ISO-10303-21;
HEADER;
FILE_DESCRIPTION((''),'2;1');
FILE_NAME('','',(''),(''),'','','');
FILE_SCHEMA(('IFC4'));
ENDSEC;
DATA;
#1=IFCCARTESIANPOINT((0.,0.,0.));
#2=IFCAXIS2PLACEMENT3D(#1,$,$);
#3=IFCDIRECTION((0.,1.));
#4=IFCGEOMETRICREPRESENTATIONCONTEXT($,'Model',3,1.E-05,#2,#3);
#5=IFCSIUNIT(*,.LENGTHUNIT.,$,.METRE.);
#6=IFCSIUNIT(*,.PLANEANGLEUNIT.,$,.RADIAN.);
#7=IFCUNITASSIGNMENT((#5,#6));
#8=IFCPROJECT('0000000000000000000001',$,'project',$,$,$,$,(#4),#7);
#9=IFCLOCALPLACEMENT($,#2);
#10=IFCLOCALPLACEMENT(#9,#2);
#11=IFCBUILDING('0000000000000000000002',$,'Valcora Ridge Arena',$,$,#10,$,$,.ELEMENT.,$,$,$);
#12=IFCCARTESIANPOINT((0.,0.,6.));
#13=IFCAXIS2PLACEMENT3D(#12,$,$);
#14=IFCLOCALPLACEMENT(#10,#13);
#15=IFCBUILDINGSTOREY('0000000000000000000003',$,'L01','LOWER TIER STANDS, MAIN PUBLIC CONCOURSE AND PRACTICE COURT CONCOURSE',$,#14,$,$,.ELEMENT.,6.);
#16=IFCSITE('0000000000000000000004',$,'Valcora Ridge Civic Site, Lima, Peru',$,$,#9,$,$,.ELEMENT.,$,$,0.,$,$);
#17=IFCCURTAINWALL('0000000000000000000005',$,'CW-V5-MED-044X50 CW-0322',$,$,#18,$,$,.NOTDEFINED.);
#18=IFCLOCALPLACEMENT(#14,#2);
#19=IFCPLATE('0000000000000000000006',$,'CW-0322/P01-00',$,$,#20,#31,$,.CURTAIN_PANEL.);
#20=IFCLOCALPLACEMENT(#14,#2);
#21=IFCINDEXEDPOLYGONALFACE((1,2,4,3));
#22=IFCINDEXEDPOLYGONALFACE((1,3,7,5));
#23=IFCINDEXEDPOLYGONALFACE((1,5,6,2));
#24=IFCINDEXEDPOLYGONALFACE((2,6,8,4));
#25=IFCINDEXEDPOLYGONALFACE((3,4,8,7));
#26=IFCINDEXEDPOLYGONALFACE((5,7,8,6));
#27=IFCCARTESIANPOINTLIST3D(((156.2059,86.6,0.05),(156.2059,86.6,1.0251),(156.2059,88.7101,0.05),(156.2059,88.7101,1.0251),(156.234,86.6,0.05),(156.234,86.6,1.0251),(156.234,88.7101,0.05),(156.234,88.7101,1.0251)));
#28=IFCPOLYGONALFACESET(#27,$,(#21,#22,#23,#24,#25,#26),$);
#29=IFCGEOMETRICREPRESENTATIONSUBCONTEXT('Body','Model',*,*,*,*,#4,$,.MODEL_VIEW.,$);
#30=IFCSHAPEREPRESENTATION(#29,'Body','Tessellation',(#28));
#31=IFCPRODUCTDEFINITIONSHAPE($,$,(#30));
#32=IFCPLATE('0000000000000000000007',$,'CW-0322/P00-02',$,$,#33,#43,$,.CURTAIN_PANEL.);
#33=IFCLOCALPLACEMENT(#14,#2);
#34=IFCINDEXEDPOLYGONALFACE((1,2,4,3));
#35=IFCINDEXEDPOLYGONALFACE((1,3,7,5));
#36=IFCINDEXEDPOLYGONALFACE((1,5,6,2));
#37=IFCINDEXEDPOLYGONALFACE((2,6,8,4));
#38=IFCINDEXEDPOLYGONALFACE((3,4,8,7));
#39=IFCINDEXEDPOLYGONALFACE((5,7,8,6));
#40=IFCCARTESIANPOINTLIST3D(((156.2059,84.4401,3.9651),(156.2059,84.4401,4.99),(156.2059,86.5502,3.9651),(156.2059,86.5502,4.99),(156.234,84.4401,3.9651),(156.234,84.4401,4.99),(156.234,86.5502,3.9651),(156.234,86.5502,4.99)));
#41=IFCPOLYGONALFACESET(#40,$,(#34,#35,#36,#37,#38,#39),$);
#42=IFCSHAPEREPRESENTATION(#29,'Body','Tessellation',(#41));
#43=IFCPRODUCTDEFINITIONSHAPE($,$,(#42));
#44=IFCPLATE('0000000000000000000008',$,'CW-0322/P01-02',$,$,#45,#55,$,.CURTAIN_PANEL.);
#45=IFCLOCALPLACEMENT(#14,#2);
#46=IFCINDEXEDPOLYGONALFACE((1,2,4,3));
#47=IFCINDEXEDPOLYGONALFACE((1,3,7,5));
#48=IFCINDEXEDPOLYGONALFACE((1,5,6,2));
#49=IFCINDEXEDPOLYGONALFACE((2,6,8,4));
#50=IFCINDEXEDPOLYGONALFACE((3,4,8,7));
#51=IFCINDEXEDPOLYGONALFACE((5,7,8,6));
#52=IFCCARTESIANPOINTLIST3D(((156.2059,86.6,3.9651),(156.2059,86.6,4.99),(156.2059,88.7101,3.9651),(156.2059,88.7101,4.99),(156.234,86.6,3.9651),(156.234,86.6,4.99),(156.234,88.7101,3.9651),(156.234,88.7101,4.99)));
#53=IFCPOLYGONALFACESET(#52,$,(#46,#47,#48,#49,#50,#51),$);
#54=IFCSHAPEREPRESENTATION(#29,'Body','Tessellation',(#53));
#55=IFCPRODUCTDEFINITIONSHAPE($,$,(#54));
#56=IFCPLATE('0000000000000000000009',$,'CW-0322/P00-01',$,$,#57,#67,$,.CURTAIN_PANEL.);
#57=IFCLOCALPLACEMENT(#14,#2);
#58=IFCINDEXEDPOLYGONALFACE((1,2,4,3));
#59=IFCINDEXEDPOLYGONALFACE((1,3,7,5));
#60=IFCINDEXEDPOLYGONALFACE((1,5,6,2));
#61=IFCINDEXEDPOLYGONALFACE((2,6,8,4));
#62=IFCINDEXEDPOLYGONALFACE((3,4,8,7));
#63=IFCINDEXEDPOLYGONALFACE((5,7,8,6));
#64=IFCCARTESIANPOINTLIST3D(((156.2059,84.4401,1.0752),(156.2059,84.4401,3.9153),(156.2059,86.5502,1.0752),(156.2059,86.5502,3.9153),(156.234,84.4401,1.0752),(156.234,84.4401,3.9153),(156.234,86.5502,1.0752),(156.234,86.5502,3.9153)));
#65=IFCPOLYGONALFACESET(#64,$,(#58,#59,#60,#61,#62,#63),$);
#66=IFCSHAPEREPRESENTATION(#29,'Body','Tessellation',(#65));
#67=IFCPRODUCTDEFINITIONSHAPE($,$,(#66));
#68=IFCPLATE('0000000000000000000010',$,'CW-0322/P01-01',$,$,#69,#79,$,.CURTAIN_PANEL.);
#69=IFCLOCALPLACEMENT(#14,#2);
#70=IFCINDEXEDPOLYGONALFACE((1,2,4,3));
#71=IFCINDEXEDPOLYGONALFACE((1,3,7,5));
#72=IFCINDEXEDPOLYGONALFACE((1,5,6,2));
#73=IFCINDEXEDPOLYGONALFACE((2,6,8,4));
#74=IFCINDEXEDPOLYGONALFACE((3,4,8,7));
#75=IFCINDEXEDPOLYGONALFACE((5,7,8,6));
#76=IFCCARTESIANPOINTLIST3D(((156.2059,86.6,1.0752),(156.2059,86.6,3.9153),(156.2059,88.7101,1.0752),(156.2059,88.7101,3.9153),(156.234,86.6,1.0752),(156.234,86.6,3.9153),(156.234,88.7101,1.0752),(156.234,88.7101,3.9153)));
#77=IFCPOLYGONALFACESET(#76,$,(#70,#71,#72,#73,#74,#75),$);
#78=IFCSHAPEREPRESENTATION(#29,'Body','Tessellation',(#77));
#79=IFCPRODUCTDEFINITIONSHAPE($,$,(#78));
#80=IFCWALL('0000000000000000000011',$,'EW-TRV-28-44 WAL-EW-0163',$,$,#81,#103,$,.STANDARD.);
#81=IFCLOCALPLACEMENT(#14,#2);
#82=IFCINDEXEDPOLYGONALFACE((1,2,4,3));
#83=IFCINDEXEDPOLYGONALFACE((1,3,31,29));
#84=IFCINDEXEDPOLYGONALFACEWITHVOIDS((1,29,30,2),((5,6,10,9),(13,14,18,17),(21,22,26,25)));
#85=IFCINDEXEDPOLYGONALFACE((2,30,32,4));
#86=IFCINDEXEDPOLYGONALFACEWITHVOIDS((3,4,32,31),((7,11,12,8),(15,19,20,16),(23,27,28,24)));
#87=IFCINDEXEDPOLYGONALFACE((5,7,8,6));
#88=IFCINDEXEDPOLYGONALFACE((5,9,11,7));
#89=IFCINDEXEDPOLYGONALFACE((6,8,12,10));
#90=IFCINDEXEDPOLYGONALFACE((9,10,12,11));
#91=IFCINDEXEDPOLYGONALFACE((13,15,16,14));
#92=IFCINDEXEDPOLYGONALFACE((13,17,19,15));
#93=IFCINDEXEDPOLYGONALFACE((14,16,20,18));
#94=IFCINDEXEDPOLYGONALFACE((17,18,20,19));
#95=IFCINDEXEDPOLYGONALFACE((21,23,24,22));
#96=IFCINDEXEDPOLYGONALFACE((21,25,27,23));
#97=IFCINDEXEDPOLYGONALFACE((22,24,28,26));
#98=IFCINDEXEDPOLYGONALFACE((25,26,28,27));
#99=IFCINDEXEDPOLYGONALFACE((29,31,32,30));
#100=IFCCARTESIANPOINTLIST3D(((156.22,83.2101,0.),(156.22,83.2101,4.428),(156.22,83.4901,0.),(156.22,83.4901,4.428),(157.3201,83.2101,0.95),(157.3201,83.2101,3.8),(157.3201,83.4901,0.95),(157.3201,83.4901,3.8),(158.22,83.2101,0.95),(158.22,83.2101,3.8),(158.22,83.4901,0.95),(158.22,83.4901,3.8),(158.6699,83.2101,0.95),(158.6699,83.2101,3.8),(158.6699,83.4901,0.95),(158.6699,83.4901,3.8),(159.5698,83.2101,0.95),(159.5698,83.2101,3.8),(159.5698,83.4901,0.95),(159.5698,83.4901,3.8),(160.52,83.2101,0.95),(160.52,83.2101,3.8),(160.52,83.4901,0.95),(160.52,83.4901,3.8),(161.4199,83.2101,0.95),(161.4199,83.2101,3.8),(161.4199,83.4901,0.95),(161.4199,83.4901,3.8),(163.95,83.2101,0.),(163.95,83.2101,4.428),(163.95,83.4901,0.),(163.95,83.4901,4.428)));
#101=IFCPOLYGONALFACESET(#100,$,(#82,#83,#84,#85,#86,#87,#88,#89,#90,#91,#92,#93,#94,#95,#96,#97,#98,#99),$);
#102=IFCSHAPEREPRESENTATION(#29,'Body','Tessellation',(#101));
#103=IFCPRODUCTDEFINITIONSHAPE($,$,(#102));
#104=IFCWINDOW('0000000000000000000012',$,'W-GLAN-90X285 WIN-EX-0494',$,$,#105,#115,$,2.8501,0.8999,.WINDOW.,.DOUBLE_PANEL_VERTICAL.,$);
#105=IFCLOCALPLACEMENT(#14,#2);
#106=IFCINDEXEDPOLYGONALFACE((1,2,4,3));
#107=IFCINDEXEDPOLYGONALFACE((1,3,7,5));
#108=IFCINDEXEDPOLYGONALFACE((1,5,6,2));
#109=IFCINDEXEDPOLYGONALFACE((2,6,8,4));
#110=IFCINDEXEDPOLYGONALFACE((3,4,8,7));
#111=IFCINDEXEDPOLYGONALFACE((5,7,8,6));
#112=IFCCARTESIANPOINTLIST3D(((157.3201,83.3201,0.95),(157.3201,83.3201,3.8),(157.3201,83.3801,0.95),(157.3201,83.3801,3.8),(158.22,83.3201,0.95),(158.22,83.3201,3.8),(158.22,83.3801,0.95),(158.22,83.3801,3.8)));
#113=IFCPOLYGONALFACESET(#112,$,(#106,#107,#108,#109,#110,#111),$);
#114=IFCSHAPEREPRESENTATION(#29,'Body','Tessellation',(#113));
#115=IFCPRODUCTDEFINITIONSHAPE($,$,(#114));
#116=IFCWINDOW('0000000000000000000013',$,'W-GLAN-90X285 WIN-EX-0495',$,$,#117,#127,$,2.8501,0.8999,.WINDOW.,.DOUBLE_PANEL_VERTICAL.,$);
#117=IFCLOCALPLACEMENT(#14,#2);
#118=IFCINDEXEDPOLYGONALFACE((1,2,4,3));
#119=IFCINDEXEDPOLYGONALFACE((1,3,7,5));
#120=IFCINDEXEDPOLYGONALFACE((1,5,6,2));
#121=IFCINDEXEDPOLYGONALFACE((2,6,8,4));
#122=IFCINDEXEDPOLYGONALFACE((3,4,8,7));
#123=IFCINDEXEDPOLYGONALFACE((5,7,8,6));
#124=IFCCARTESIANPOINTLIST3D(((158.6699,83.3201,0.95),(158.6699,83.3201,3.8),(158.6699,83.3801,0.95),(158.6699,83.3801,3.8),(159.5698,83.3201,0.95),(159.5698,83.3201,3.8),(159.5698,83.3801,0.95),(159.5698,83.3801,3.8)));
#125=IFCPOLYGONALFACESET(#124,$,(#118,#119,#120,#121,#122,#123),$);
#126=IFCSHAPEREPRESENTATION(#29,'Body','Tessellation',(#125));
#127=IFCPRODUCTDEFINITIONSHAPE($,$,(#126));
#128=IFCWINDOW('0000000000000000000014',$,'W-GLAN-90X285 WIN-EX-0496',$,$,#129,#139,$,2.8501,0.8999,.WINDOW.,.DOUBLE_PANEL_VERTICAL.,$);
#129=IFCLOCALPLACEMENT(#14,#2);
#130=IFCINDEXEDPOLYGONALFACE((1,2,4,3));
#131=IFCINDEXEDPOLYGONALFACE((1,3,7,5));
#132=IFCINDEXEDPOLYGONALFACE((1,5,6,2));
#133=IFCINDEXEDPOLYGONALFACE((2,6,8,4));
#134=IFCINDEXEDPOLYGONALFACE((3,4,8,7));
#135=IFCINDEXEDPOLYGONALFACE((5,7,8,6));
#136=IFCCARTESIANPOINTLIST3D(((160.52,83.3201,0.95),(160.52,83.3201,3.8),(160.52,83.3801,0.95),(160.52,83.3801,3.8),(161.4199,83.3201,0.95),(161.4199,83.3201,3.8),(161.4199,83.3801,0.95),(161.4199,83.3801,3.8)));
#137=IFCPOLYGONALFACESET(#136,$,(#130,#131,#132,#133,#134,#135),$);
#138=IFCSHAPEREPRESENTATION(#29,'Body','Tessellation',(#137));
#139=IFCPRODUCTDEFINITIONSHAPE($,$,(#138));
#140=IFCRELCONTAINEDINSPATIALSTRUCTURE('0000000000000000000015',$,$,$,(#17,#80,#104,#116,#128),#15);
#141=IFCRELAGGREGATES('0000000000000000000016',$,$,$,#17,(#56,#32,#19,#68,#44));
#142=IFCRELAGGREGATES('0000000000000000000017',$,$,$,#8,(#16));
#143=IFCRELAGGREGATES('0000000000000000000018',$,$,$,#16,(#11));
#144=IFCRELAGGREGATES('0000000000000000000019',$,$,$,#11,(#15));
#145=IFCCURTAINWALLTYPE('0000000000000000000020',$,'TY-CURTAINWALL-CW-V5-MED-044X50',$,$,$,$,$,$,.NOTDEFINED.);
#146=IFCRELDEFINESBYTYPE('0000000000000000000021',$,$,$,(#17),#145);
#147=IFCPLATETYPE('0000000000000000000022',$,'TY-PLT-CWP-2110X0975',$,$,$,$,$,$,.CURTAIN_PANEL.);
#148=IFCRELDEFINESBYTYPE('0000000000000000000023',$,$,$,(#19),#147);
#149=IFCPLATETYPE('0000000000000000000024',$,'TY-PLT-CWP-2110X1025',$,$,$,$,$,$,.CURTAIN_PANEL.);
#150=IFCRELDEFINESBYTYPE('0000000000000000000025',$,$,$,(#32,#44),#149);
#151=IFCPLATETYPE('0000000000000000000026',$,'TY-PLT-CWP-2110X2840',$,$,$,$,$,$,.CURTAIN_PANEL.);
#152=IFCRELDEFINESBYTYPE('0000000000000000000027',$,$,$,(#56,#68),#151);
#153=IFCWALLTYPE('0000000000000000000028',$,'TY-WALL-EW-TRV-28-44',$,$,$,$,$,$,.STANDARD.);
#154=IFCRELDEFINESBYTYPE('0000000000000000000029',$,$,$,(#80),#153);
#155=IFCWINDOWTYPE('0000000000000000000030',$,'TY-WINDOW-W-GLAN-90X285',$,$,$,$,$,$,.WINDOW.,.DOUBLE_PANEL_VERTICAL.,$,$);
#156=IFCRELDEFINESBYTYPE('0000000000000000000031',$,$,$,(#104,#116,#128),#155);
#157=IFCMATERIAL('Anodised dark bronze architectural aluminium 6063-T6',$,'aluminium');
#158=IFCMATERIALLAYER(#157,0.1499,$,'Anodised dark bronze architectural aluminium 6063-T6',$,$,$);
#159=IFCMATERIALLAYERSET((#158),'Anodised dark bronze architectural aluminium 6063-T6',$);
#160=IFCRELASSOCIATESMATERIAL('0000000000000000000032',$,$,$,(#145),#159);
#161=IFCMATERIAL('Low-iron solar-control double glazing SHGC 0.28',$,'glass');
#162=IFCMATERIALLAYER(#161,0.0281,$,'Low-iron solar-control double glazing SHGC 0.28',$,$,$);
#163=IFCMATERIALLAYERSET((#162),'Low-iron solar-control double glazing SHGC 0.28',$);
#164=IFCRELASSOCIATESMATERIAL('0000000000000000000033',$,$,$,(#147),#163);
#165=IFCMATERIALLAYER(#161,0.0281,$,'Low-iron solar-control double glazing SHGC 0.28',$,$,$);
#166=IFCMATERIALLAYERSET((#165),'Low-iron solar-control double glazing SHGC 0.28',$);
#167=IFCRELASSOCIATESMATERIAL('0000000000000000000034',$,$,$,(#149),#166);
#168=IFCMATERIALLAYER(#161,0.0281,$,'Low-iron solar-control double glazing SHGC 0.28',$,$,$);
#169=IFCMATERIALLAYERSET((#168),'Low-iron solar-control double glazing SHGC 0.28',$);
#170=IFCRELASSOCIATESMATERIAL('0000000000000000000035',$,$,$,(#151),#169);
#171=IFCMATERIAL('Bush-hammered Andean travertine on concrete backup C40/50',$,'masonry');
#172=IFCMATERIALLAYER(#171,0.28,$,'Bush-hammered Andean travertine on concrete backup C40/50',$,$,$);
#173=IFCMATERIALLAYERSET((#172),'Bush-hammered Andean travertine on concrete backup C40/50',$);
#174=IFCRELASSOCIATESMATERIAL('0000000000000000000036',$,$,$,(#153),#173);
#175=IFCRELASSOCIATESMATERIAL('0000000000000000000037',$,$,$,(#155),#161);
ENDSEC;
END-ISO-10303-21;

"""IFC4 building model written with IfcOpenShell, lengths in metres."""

from ifc_helpers import new_model, si_unit, direction, frame, frame_2d, origin, origin_2d, place, context, subcontext, project, spatial, rectangle, extrude, material, layer, layer_set, type_object, element, fill, aggregate, save


model = new_model("IFC4")

# Units and contexts
model_context = context("Model", 3, precision=1e-05, world=origin(), true_north=direction((0.0, 1.0)))
body_context = subcontext(model_context, "Body", "Model", "MODEL_VIEW")
ifc_project = project(units=[si_unit("LENGTHUNIT", "METRE"), si_unit("PLANEANGLEUNIT", "RADIAN")], contexts=[model_context])

# Site, building, storey
site_placement = place(None, origin())
site = spatial("IfcSite", under=ifc_project, at=site_placement, Name="Valcora Ridge Civic Site, Lima, Peru", CompositionType="ELEMENT", RefElevation=0.0)
building_placement = place(site_placement, origin())
building = spatial("IfcBuilding", under=site, at=building_placement, Name="Valcora Ridge Arena", CompositionType="ELEMENT")
storey_placement = place(building_placement, frame((0.0, 0.0, 6.0)))
storey = spatial("IfcBuildingStorey", under=building, at=storey_placement, Name="L01", Description="LOWER TIER STANDS, MAIN PUBLIC CONCOURSE AND PRACTICE COURT CONCOURSE", CompositionType="ELEMENT", Elevation=6.0)

# Curtain wall, plates
ifc_material_1 = material(Name="Anodised dark bronze architectural aluminium 6063-T6", Category="aluminium")
ifc_layer_1 = layer(ifc_material_1, 0.1499, Name="Anodised dark bronze architectural aluminium 6063-T6")
ifc_layer_set_1 = layer_set([ifc_layer_1], Name="Anodised dark bronze architectural aluminium 6063-T6")
curtain_wall_type = type_object("IfcCurtainWallType", Name="TY-CURTAINWALL-CW-V5-MED-044X50", PredefinedType="NOTDEFINED", material=ifc_layer_set_1)
curtain_wall_placement = place(storey_placement, origin())
curtain_wall = element("IfcCurtainWall", 1, at=curtain_wall_placement, inside=storey, type_object=curtain_wall_type, Name="CW-V5-MED-044X50 CW-0322", PredefinedType="NOTDEFINED")
ifc_material_2 = material(Name="Low-iron solar-control double glazing SHGC 0.28", Category="glass")
ifc_layer_2 = layer(ifc_material_2, 0.0281, Name="Low-iron solar-control double glazing SHGC 0.28")
ifc_layer_set_2 = layer_set([ifc_layer_2], Name="Low-iron solar-control double glazing SHGC 0.28")
plate_type_1 = type_object("IfcPlateType", Name="TY-PLT-CWP-2110X0975", PredefinedType="CURTAIN_PANEL", material=ifc_layer_set_2)
plate_1_placement = place(storey_placement, frame((156.22, 87.655, 0.05), z_axis=(0.0, 0.0, 1.0), x_axis=(0.0, 1.0, 0.0)))
plate_1 = element("IfcPlate", 2, at=plate_1_placement, type_object=plate_type_1, Name="CW-0322/P01-00", PredefinedType="CURTAIN_PANEL", context=body_context, shape_type="SweptSolid", body=[
    extrude(rectangle(XDim=2.1101, YDim=0.0281, at=origin_2d()), origin(), (0.0, 0.0, 1.0), 0.9751),
])
ifc_layer_3 = layer(ifc_material_2, 0.0281, Name="Low-iron solar-control double glazing SHGC 0.28")
ifc_layer_set_3 = layer_set([ifc_layer_3], Name="Low-iron solar-control double glazing SHGC 0.28")
plate_type_2 = type_object("IfcPlateType", Name="TY-PLT-CWP-2110X1025", PredefinedType="CURTAIN_PANEL", material=ifc_layer_set_3)
plate_2_placement = place(storey_placement, frame((156.22, 85.4951, 3.9651), z_axis=(0.0, 0.0, 1.0), x_axis=(0.0, 1.0, 0.0)))
plate_2 = element("IfcPlate", 3, at=plate_2_placement, type_object=plate_type_2, Name="CW-0322/P00-02", PredefinedType="CURTAIN_PANEL", context=body_context, shape_type="SweptSolid", body=[
    extrude(rectangle(XDim=2.1101, YDim=0.0281, at=origin_2d()), origin(), (0.0, 0.0, 1.0), 1.0249),
])
plate_3_placement = place(storey_placement, frame((156.22, 87.655, 3.9651), z_axis=(0.0, 0.0, 1.0), x_axis=(0.0, 1.0, 0.0)))
plate_3 = element("IfcPlate", 4, at=plate_3_placement, type_object=plate_type_2, Name="CW-0322/P01-02", PredefinedType="CURTAIN_PANEL", context=body_context, shape_type="SweptSolid", body=[
    extrude(rectangle(XDim=2.1101, YDim=0.0281, at=origin_2d()), origin(), (0.0, 0.0, 1.0), 1.0249),
])
ifc_layer_4 = layer(ifc_material_2, 0.0281, Name="Low-iron solar-control double glazing SHGC 0.28")
ifc_layer_set_4 = layer_set([ifc_layer_4], Name="Low-iron solar-control double glazing SHGC 0.28")
plate_type_3 = type_object("IfcPlateType", Name="TY-PLT-CWP-2110X2840", PredefinedType="CURTAIN_PANEL", material=ifc_layer_set_4)
plate_4_placement = place(storey_placement, frame((156.22, 85.4951, 1.0752), z_axis=(0.0, 0.0, 1.0), x_axis=(0.0, 1.0, 0.0)))
plate_4 = element("IfcPlate", 5, at=plate_4_placement, type_object=plate_type_3, Name="CW-0322/P00-01", PredefinedType="CURTAIN_PANEL", context=body_context, shape_type="SweptSolid", body=[
    extrude(rectangle(XDim=2.1101, YDim=0.0281, at=origin_2d()), origin(), (0.0, 0.0, 1.0), 2.8401),
])
plate_5_placement = place(storey_placement, frame((156.22, 87.655, 1.0752), z_axis=(0.0, 0.0, 1.0), x_axis=(0.0, 1.0, 0.0)))
plate_5 = element("IfcPlate", 6, at=plate_5_placement, type_object=plate_type_3, Name="CW-0322/P01-01", PredefinedType="CURTAIN_PANEL", context=body_context, shape_type="SweptSolid", body=[
    extrude(rectangle(XDim=2.1101, YDim=0.0281, at=origin_2d()), origin(), (0.0, 0.0, 1.0), 2.8401),
])
aggregate(curtain_wall, [plate_4, plate_2, plate_1, plate_5, plate_3])

# Wall, openings, windows
ifc_material_3 = material(Name="Bush-hammered Andean travertine on concrete backup C40/50", Category="masonry")
ifc_layer_5 = layer(ifc_material_3, 0.28, Name="Bush-hammered Andean travertine on concrete backup C40/50")
ifc_layer_set_5 = layer_set([ifc_layer_5], Name="Bush-hammered Andean travertine on concrete backup C40/50")
wall_type = type_object("IfcWallType", Name="TY-WALL-EW-TRV-28-44", PredefinedType="STANDARD", material=ifc_layer_set_5)
wall_placement = place(storey_placement, frame((156.22, 83.3501, 0.0), z_axis=(0.0, 0.0, 1.0), x_axis=(1.0, 0.0, 0.0)))
wall = element("IfcWall", 7, at=wall_placement, inside=storey, type_object=wall_type, Name="EW-TRV-28-44 WAL-EW-0163", PredefinedType="STANDARD", context=body_context, shape_type="SweptSolid", body=[
    extrude(rectangle(XDim=7.73, YDim=0.28, at=frame_2d((3.865, 0.0))), origin(), (0.0, 0.0, 1.0), 4.428),
])
opening_1_placement = place(wall_placement, frame((1.1001, 0.0, 0.95)))
opening_1 = element("IfcOpeningElement", 8, at=opening_1_placement, cuts=wall, PredefinedType="OPENING", context=body_context, shape_type="SweptSolid", body=[
    extrude(rectangle(XDim=0.8999, YDim=2.8501, at=frame_2d((0.45, 1.425))), frame((0.0, 0.1499, 0.0), z_axis=(0.0, -1.0, 0.0), x_axis=(1.0, 0.0, 0.0)), (0.0, 0.0, 1.0), 0.3),
])
opening_2_placement = place(wall_placement, frame((2.45, 0.0, 0.95)))
opening_2 = element("IfcOpeningElement", 9, at=opening_2_placement, cuts=wall, PredefinedType="OPENING", context=body_context, shape_type="SweptSolid", body=[
    extrude(rectangle(XDim=0.8999, YDim=2.8501, at=frame_2d((0.45, 1.425))), frame((0.0, 0.1499, 0.0), z_axis=(0.0, -1.0, 0.0), x_axis=(1.0, 0.0, 0.0)), (0.0, 0.0, 1.0), 0.3),
])
opening_3_placement = place(wall_placement, frame((4.3, 0.0, 0.95)))
opening_3 = element("IfcOpeningElement", 10, at=opening_3_placement, cuts=wall, PredefinedType="OPENING", context=body_context, shape_type="SweptSolid", body=[
    extrude(rectangle(XDim=0.8999, YDim=2.8501, at=frame_2d((0.45, 1.425))), frame((0.0, 0.1499, 0.0), z_axis=(0.0, -1.0, 0.0), x_axis=(1.0, 0.0, 0.0)), (0.0, 0.0, 1.0), 0.3),
])
window_type = type_object("IfcWindowType", Name="TY-WINDOW-W-GLAN-90X285", PartitioningType="DOUBLE_PANEL_VERTICAL", PredefinedType="WINDOW", material=ifc_material_2)
window_1_placement = place(opening_1_placement, origin())
window_1 = element("IfcWindow", 11, at=window_1_placement, inside=storey, type_object=window_type, Name="W-GLAN-90X285 WIN-EX-0494", OverallHeight=2.8501, OverallWidth=0.8999, PartitioningType="DOUBLE_PANEL_VERTICAL", PredefinedType="WINDOW", context=body_context, shape_type="SweptSolid", body=[
    extrude(rectangle(XDim=0.8999, YDim=2.8501, at=frame_2d((0.45, 1.425))), frame((0.0, 0.03, 0.0), z_axis=(0.0, -1.0, 0.0), x_axis=(1.0, 0.0, 0.0)), (0.0, 0.0, 1.0), 0.0601),
])
fill(opening_1, window_1)
window_2_placement = place(opening_2_placement, origin())
window_2 = element("IfcWindow", 12, at=window_2_placement, inside=storey, type_object=window_type, Name="W-GLAN-90X285 WIN-EX-0495", OverallHeight=2.8501, OverallWidth=0.8999, PartitioningType="DOUBLE_PANEL_VERTICAL", PredefinedType="WINDOW", context=body_context, shape_type="SweptSolid", body=[
    extrude(rectangle(XDim=0.8999, YDim=2.8501, at=frame_2d((0.45, 1.425))), frame((0.0, 0.03, 0.0), z_axis=(0.0, -1.0, 0.0), x_axis=(1.0, 0.0, 0.0)), (0.0, 0.0, 1.0), 0.0601),
])
fill(opening_2, window_2)
window_3_placement = place(opening_3_placement, origin())
window_3 = element("IfcWindow", 13, at=window_3_placement, inside=storey, type_object=window_type, Name="W-GLAN-90X285 WIN-EX-0496", OverallHeight=2.8501, OverallWidth=0.8999, PartitioningType="DOUBLE_PANEL_VERTICAL", PredefinedType="WINDOW", context=body_context, shape_type="SweptSolid", body=[
    extrude(rectangle(XDim=0.8999, YDim=2.8501, at=frame_2d((0.45, 1.425))), frame((0.0, 0.03, 0.0), z_axis=(0.0, -1.0, 0.0), x_axis=(1.0, 0.0, 0.0)), (0.0, 0.0, 1.0), 0.0601),
])
fill(opening_3, window_3)

save(model, "model.ifc")
